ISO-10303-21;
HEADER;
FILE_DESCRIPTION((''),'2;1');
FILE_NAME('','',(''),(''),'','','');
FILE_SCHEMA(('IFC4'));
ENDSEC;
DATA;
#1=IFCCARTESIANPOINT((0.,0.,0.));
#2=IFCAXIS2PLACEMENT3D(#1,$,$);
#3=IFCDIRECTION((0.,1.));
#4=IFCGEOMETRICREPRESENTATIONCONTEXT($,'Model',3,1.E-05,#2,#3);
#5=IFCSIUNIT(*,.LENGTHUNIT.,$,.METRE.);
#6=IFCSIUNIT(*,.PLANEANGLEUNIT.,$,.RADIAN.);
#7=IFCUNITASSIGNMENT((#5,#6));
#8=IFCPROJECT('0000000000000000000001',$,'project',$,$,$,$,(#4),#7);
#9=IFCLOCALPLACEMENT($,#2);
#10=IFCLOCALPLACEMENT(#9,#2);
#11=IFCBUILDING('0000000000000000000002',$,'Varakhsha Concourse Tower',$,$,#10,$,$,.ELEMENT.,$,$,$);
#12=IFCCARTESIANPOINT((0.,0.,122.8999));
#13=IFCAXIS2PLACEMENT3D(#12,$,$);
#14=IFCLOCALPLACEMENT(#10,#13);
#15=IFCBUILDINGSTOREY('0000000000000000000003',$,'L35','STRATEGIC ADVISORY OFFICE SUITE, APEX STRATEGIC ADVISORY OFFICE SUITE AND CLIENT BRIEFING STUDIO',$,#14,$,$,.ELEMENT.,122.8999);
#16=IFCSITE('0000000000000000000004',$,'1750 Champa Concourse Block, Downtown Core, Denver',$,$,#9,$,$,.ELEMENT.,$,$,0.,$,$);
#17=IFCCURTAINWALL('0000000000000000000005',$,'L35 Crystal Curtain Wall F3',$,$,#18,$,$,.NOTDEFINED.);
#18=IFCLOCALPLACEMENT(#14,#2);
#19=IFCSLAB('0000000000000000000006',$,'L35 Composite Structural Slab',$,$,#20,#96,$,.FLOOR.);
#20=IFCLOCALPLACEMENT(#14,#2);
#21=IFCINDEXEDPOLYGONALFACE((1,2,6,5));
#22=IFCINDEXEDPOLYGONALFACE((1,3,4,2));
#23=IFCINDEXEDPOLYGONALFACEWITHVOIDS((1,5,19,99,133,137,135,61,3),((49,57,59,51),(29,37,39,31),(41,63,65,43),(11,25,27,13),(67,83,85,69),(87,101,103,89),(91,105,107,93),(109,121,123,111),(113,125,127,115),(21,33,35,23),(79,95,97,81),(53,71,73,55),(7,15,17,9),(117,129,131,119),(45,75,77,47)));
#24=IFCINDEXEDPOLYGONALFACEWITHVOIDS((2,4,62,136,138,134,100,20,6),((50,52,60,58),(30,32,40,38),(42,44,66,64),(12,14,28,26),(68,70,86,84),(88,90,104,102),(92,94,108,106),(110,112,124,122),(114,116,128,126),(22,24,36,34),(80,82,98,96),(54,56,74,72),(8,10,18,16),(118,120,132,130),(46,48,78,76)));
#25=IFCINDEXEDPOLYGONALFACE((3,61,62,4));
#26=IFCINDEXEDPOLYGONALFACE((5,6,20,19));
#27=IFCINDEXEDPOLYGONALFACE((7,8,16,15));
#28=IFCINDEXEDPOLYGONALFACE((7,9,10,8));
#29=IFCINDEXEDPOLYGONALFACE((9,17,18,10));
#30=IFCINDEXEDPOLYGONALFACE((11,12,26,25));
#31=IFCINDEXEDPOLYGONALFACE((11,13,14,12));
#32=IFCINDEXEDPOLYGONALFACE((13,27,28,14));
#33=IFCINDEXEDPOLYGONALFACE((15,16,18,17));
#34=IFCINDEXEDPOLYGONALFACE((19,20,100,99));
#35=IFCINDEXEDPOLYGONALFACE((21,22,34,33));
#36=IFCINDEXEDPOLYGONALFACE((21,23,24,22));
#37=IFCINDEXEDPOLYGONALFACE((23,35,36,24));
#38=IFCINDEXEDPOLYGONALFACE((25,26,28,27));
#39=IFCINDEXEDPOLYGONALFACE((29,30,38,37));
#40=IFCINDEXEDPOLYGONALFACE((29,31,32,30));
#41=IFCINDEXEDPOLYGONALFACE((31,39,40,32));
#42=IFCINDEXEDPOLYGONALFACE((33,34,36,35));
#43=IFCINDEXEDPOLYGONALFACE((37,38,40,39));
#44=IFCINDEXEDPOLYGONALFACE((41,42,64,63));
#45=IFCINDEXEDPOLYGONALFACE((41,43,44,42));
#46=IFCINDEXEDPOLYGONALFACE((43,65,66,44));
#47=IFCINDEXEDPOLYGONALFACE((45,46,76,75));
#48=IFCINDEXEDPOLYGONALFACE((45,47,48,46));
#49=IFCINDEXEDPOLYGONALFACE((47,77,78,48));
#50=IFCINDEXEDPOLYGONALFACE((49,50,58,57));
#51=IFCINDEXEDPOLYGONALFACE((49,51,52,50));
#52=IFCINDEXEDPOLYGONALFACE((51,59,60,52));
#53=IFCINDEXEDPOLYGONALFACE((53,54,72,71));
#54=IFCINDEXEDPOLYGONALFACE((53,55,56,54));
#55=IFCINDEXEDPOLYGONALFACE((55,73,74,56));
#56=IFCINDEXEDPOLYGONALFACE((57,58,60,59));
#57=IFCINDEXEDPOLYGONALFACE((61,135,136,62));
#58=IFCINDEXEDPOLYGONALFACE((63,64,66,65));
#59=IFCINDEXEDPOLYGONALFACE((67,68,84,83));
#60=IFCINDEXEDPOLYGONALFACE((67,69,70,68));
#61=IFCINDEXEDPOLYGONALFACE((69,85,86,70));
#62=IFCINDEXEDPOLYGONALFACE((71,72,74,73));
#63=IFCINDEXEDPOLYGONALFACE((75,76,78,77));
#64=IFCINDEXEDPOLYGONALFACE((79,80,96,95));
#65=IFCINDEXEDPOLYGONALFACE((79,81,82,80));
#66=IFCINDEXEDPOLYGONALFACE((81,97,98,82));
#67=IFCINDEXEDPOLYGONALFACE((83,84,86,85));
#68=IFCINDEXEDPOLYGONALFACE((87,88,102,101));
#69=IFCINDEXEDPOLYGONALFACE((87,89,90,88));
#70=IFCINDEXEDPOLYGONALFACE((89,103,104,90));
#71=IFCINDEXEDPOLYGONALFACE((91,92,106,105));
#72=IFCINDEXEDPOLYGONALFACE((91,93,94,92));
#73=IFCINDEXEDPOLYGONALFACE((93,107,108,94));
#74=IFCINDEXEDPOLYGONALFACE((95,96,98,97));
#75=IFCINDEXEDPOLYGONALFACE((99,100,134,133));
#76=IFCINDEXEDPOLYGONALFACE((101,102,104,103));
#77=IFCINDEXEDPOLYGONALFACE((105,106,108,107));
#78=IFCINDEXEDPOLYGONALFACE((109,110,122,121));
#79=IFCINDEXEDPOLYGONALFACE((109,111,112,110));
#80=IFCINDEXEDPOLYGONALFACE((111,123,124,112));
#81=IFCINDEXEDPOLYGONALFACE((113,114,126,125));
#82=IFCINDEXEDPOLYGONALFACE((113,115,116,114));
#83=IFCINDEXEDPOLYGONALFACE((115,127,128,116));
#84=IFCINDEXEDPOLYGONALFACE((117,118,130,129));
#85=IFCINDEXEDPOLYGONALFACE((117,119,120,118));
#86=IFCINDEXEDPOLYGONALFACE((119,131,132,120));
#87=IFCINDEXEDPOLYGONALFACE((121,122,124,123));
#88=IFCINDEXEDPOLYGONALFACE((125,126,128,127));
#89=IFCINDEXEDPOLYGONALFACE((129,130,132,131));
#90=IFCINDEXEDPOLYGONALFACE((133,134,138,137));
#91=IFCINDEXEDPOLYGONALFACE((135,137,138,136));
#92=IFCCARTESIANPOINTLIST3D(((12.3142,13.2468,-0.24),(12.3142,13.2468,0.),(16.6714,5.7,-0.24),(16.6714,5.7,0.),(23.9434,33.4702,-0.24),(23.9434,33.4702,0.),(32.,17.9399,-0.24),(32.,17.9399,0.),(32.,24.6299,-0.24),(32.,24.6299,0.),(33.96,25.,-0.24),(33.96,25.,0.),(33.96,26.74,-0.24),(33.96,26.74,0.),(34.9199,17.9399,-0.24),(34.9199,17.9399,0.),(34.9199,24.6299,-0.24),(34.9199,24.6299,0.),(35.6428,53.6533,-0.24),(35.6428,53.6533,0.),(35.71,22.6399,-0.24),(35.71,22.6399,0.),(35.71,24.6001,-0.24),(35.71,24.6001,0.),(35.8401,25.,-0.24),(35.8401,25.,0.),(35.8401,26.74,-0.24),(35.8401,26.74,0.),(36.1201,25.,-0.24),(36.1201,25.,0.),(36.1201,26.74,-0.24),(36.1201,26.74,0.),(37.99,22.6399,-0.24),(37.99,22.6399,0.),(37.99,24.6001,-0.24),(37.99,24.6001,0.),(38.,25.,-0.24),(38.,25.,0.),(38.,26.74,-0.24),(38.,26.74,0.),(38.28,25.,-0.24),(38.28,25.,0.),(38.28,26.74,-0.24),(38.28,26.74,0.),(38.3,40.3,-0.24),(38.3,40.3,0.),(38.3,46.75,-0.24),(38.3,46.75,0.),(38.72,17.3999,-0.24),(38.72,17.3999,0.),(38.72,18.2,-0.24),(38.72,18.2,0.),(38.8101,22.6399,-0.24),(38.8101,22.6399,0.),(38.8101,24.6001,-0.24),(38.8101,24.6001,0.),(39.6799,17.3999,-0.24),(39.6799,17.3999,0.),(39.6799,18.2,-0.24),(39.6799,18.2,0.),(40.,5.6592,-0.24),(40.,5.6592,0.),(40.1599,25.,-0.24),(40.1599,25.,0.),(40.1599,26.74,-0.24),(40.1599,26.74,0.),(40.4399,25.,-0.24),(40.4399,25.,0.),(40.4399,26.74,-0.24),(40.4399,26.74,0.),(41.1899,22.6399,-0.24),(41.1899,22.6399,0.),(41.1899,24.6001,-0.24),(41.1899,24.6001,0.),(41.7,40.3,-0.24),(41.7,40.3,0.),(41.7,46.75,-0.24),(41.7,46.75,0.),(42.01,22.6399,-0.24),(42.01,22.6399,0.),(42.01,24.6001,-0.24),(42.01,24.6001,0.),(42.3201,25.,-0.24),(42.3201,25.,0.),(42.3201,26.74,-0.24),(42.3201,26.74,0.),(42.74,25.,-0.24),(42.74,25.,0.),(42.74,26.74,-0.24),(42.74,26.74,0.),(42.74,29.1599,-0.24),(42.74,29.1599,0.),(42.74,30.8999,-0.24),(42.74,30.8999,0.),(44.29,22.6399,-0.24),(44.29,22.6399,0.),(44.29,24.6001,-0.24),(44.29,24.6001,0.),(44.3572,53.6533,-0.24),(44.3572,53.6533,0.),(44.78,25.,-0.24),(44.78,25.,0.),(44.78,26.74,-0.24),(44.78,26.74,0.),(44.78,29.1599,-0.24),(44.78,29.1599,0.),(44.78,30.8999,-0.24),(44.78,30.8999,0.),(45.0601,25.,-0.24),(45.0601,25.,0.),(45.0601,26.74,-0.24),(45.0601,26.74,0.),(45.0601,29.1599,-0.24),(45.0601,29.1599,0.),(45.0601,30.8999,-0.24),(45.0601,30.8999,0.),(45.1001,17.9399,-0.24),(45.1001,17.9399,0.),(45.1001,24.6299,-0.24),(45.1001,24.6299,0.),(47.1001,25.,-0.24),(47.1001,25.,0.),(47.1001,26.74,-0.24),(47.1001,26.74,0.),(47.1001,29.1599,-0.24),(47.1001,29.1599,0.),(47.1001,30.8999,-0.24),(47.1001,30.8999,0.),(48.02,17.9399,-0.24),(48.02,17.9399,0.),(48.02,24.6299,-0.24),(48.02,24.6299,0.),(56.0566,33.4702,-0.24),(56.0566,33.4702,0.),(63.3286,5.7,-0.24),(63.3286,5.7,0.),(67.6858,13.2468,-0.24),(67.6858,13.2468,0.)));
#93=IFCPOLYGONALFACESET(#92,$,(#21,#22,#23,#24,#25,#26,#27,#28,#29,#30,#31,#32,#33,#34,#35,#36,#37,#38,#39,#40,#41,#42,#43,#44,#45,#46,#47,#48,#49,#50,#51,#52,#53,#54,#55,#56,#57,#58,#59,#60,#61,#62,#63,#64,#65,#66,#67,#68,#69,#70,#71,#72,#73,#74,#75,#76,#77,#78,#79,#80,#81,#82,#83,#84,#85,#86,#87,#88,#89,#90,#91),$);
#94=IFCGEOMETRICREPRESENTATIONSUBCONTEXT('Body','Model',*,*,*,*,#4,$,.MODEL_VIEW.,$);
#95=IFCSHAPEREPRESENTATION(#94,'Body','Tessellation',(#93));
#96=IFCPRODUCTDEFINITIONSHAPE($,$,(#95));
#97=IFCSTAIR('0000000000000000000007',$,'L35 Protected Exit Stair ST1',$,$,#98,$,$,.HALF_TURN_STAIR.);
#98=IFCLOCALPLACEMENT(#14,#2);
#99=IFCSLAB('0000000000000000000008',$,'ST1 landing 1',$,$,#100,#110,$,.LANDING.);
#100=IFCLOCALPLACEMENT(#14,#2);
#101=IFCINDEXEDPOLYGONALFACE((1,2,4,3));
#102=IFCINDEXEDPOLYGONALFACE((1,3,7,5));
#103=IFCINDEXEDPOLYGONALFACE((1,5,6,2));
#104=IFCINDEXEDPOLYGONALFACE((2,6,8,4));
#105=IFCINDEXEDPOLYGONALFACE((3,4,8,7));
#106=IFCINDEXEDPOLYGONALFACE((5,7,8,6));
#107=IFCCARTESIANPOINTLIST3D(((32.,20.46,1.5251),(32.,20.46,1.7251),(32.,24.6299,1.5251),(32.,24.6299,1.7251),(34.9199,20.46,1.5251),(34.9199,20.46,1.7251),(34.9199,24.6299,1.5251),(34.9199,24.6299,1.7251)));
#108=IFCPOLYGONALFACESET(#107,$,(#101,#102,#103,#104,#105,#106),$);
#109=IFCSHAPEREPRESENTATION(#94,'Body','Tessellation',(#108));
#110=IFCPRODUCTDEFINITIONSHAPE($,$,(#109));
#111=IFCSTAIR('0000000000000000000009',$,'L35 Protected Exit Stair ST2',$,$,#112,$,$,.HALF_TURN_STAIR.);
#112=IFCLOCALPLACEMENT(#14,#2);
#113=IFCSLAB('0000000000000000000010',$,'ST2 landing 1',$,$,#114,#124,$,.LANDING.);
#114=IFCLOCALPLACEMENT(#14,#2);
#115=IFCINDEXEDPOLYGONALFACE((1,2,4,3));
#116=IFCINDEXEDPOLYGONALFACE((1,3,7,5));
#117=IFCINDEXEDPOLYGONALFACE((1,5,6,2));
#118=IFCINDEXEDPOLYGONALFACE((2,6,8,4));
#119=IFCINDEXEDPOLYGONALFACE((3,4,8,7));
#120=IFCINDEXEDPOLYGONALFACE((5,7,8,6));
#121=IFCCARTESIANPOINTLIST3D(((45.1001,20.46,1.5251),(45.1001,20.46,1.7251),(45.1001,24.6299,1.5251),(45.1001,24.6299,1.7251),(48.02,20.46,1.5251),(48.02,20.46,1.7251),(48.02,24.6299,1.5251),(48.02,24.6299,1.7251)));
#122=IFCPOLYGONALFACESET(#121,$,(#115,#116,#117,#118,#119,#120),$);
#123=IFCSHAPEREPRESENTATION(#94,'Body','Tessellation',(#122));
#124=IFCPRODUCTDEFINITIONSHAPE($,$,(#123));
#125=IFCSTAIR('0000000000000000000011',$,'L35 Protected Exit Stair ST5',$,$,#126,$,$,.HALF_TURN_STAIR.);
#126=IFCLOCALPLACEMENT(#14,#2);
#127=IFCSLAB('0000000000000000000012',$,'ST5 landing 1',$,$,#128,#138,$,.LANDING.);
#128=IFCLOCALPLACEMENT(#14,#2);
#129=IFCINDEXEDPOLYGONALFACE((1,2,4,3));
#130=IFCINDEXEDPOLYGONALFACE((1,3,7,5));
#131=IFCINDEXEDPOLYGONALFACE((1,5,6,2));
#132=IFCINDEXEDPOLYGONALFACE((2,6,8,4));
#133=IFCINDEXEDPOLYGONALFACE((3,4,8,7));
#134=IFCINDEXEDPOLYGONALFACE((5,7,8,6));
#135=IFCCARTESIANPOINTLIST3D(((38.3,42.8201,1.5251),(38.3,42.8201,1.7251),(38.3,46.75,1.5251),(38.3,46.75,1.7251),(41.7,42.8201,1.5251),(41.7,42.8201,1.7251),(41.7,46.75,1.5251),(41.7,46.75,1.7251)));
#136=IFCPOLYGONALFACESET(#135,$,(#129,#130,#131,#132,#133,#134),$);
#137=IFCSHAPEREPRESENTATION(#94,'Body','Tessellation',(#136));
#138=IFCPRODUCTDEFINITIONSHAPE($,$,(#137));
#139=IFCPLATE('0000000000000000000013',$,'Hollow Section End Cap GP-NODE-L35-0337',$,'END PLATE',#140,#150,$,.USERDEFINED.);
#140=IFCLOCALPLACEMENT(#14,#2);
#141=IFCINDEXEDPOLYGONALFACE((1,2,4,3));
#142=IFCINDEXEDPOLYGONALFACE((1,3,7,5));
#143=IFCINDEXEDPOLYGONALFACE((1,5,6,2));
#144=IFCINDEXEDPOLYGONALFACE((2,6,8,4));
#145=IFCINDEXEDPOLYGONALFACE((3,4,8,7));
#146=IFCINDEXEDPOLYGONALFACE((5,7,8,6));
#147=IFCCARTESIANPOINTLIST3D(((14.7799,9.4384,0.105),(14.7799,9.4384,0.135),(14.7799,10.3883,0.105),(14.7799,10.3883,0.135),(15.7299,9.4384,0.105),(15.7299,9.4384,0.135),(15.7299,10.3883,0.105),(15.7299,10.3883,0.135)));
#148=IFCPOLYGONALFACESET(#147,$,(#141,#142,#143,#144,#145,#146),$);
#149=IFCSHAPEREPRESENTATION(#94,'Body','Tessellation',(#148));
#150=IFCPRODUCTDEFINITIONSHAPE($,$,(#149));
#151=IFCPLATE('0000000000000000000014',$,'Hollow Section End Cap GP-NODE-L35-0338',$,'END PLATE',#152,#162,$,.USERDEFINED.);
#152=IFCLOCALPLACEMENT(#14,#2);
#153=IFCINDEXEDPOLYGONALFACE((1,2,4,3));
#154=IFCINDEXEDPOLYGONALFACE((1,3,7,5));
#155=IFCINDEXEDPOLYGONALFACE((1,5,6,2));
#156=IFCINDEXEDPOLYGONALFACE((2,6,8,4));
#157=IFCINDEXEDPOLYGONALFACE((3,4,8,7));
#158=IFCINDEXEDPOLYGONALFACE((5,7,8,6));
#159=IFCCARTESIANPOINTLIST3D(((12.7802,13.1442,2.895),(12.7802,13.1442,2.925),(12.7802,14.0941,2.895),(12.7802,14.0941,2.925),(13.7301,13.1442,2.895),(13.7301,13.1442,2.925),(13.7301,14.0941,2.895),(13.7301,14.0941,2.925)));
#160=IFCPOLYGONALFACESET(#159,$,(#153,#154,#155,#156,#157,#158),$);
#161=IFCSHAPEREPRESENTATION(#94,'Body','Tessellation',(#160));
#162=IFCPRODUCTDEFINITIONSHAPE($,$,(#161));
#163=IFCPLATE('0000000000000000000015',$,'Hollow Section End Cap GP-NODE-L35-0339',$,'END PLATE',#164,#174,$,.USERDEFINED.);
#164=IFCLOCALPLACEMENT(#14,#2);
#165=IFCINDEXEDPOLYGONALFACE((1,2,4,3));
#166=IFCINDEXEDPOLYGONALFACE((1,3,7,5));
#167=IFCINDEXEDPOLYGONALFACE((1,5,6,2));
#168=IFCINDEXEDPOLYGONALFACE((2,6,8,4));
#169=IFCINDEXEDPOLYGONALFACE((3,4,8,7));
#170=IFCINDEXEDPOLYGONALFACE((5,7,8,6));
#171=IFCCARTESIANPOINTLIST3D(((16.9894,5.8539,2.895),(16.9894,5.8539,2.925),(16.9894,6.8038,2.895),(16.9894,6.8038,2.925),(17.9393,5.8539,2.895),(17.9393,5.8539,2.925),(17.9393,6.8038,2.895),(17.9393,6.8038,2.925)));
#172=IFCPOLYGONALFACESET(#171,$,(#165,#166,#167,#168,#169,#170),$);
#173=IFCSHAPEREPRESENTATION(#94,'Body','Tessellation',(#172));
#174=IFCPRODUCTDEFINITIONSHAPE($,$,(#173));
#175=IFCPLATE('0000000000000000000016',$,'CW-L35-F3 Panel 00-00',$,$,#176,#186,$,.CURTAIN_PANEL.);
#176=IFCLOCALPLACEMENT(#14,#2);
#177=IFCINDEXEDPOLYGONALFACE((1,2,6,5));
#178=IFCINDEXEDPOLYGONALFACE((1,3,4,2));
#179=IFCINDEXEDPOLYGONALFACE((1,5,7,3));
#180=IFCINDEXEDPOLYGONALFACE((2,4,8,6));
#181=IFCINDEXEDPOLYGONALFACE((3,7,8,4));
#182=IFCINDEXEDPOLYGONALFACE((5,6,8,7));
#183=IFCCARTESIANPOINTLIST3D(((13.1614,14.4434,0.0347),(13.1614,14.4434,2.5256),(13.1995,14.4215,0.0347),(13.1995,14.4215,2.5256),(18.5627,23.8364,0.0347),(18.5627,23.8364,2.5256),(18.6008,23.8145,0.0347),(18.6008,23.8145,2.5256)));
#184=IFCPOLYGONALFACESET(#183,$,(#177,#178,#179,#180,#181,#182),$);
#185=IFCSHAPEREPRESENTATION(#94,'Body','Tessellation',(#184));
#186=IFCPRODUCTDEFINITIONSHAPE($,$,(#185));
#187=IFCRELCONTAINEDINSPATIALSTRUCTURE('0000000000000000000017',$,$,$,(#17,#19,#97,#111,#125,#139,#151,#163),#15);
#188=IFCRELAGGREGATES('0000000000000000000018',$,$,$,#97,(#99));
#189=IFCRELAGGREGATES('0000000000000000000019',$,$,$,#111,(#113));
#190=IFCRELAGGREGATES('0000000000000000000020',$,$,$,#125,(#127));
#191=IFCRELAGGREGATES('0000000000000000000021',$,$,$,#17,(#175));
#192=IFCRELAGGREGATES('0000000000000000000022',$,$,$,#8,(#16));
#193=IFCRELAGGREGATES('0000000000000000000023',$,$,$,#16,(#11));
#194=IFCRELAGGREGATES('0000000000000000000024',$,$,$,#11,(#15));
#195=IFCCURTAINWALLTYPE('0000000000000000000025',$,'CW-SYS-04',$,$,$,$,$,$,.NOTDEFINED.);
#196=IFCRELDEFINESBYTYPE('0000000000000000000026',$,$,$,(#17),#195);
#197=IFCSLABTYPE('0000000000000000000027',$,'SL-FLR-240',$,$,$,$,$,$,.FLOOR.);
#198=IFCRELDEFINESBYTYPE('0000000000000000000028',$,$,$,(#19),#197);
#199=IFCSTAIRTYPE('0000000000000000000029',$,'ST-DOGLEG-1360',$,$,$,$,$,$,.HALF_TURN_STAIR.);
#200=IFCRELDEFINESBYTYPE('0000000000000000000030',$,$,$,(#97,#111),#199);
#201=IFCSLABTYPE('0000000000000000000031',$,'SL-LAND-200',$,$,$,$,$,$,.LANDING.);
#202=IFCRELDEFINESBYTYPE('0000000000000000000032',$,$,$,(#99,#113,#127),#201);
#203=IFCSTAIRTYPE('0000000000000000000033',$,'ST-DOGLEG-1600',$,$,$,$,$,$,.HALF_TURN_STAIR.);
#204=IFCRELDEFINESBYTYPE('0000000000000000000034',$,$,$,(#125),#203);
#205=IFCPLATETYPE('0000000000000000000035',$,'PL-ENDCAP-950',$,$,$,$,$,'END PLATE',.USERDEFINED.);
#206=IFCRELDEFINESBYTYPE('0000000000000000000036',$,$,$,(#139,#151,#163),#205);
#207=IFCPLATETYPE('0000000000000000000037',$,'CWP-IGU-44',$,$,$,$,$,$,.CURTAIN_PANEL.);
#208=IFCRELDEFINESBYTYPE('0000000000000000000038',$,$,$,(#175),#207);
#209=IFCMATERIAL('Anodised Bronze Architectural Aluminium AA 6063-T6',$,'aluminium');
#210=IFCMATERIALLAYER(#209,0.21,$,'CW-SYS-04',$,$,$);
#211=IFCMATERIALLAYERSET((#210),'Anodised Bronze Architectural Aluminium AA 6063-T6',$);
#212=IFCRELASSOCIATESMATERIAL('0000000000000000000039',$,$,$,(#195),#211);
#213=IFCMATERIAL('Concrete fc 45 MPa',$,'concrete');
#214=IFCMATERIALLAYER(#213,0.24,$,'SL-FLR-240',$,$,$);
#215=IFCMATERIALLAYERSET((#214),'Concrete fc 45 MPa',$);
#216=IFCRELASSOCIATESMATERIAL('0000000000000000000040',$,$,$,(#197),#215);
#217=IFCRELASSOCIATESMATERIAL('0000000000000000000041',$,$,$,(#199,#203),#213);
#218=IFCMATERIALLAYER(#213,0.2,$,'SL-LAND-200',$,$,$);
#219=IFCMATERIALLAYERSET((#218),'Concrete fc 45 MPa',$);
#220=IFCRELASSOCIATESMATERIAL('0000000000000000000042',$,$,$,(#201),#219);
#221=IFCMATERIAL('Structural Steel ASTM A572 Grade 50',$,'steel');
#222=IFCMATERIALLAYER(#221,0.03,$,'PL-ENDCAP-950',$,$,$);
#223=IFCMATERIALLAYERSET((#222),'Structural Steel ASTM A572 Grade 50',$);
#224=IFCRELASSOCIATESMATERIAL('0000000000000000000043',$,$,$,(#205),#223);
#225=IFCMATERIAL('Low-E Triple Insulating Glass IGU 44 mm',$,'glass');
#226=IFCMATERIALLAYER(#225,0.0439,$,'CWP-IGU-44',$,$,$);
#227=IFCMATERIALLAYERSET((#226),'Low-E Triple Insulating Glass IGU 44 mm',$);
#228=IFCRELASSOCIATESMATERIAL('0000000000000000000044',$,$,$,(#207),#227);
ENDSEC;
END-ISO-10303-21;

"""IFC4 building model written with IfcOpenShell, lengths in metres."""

from ifc_helpers import new_model, si_unit, direction, frame, origin, origin_2d, place, context, subcontext, project, spatial, polyline, rectangle, outline, extrude, source, transform, mapped, material, layer, layer_set, type_object, type_shapes, element, aggregate, save


model = new_model("IFC4")

# Units and contexts
model_context = context("Model", 3, precision=1e-05, world=origin(), true_north=direction((0.0, 1.0)))
body_context = subcontext(model_context, "Body", "Model", "MODEL_VIEW")
ifc_project = project(units=[si_unit("LENGTHUNIT", "METRE"), si_unit("PLANEANGLEUNIT", "RADIAN")], contexts=[model_context])

# Site, building, storey
site_placement = place(None, origin())
site = spatial("IfcSite", under=ifc_project, at=site_placement, Name="1750 Champa Concourse Block, Downtown Core, Denver", CompositionType="ELEMENT", RefElevation=0.0)
building_placement = place(site_placement, origin())
building = spatial("IfcBuilding", under=site, at=building_placement, Name="Varakhsha Concourse Tower", CompositionType="ELEMENT")
storey_placement = place(building_placement, frame((0.0, 0.0, 122.8999)))
storey = spatial("IfcBuildingStorey", under=building, at=storey_placement, Name="L35", Description="STRATEGIC ADVISORY OFFICE SUITE, APEX STRATEGIC ADVISORY OFFICE SUITE AND CLIENT BRIEFING STUDIO", CompositionType="ELEMENT", Elevation=122.8999)

# Shared definitions
ifc_material_1 = material(Name="Structural Steel ASTM A572 Grade 50", Category="steel")

# Curtain wall
ifc_material_2 = material(Name="Anodised Bronze Architectural Aluminium AA 6063-T6", Category="aluminium")
ifc_layer_1 = layer(ifc_material_2, 0.21, Name="CW-SYS-04")
ifc_layer_set_1 = layer_set([ifc_layer_1], Name="Anodised Bronze Architectural Aluminium AA 6063-T6")
curtain_wall_type = type_object("IfcCurtainWallType", Name="CW-SYS-04", PredefinedType="NOTDEFINED", material=ifc_layer_set_1)
curtain_wall_1_placement = place(storey_placement, origin())
curtain_wall_1 = element("IfcCurtainWall", 1, at=curtain_wall_1_placement, inside=storey, type_object=curtain_wall_type, Name="L35 Crystal Curtain Wall F3", PredefinedType="NOTDEFINED")

# Slab
ifc_material_3 = material(Name="Concrete fc 45 MPa", Category="concrete")
ifc_layer_2 = layer(ifc_material_3, 0.24, Name="SL-FLR-240")
ifc_layer_set_2 = layer_set([ifc_layer_2], Name="Concrete fc 45 MPa")
slab_type_1 = type_object("IfcSlabType", Name="SL-FLR-240", PredefinedType="FLOOR", material=ifc_layer_set_2)
slab_1_placement = place(storey_placement, frame((0.0, 0.0, -0.24)))
element("IfcSlab", 2, at=slab_1_placement, inside=storey, type_object=slab_type_1, Name="L35 Composite Structural Slab", PredefinedType="FLOOR", context=body_context, shape_type="SweptSolid", body=[
    extrude(outline(polyline([(44.3572, 53.6533), (35.6428, 53.6533), (23.9434, 33.4702), (12.3142, 13.2468), (16.6714, 5.7), (40.0, 5.6592), (63.3286, 5.7), (67.6858, 13.2468), (56.0566, 33.4702), (44.3572, 53.6533)]), holes=[polyline([(34.9199, 17.9399), (34.9199, 24.6299), (32.0, 24.6299), (32.0, 17.9399), (34.9199, 17.9399)]), polyline([(48.02, 17.9399), (48.02, 24.6299), (45.1001, 24.6299), (45.1001, 17.9399), (48.02, 17.9399)]), polyline([(41.7, 40.3), (41.7, 46.75), (38.3, 46.75), (38.3, 40.3), (41.7, 40.3)]), polyline([(33.96, 25.0), (35.8401, 25.0), (35.8401, 26.74), (33.96, 26.74), (33.96, 25.0)]), polyline([(36.1201, 25.0), (38.0, 25.0), (38.0, 26.74), (36.1201, 26.74), (36.1201, 25.0)]), polyline([(38.28, 25.0), (40.1599, 25.0), (40.1599, 26.74), (38.28, 26.74), (38.28, 25.0)]), polyline([(40.4399, 25.0), (42.3201, 25.0), (42.3201, 26.74), (40.4399, 26.74), (40.4399, 25.0)]), polyline([(42.74, 29.1599), (44.78, 29.1599), (44.78, 30.8999), (42.74, 30.8999), (42.74, 29.1599)]), polyline([(45.0601, 29.1599), (47.1001, 29.1599), (47.1001, 30.8999), (45.0601, 30.8999), (45.0601, 29.1599)]), polyline([(42.74, 25.0), (44.78, 25.0), (44.78, 26.74), (42.74, 26.74), (42.74, 25.0)]), polyline([(45.0601, 25.0), (47.1001, 25.0), (47.1001, 26.74), (45.0601, 26.74), (45.0601, 25.0)]), polyline([(35.71, 22.6399), (37.99, 22.6399), (37.99, 24.6001), (35.71, 24.6001), (35.71, 22.6399)]), polyline([(42.01, 22.6399), (44.29, 22.6399), (44.29, 24.6001), (42.01, 24.6001), (42.01, 22.6399)]), polyline([(38.8101, 22.6399), (41.1899, 22.6399), (41.1899, 24.6001), (38.8101, 24.6001), (38.8101, 22.6399)]), polyline([(38.72, 17.3999), (39.6799, 17.3999), (39.6799, 18.2), (38.72, 18.2), (38.72, 17.3999)])]), origin(), (0.0, 0.0, 1.0), 0.24),
])

# Stairs, slabs
stair_type_1 = type_object("IfcStairType", Name="ST-DOGLEG-1360", PredefinedType="HALF_TURN_STAIR", material=ifc_material_3)
stair_1_placement = place(storey_placement, origin())
stair_1 = element("IfcStair", 3, at=stair_1_placement, inside=storey, type_object=stair_type_1, Name="L35 Protected Exit Stair ST1", PredefinedType="HALF_TURN_STAIR")
ifc_layer_3 = layer(ifc_material_3, 0.2, Name="SL-LAND-200")
ifc_layer_set_3 = layer_set([ifc_layer_3], Name="Concrete fc 45 MPa")
slab_type_2 = type_object("IfcSlabType", Name="SL-LAND-200", PredefinedType="LANDING", material=ifc_layer_set_3)
slab_2_placement = place(storey_placement, frame((0.0, 0.0, 1.5251)))
slab_2 = element("IfcSlab", 4, at=slab_2_placement, type_object=slab_type_2, Name="ST1 landing 1", PredefinedType="LANDING", context=body_context, shape_type="SweptSolid", body=[
    extrude(outline(polyline([(34.9199, 20.46), (34.9199, 24.6299), (32.0, 24.6299), (32.0, 20.46), (34.9199, 20.46)])), origin(), (0.0, 0.0, 1.0), 0.2),
])
aggregate(stair_1, [slab_2])
stair_2_placement = place(storey_placement, origin())
stair_2 = element("IfcStair", 5, at=stair_2_placement, inside=storey, type_object=stair_type_1, Name="L35 Protected Exit Stair ST2", PredefinedType="HALF_TURN_STAIR")
slab_3_placement = place(storey_placement, frame((0.0, 0.0, 1.5251)))
slab_3 = element("IfcSlab", 6, at=slab_3_placement, type_object=slab_type_2, Name="ST2 landing 1", PredefinedType="LANDING", context=body_context, shape_type="SweptSolid", body=[
    extrude(outline(polyline([(48.02, 20.46), (48.02, 24.6299), (45.1001, 24.6299), (45.1001, 20.46), (48.02, 20.46)])), origin(), (0.0, 0.0, 1.0), 0.2),
])
aggregate(stair_2, [slab_3])
stair_type_2 = type_object("IfcStairType", Name="ST-DOGLEG-1600", PredefinedType="HALF_TURN_STAIR", material=ifc_material_3)
stair_3_placement = place(storey_placement, origin())
stair_3 = element("IfcStair", 7, at=stair_3_placement, inside=storey, type_object=stair_type_2, Name="L35 Protected Exit Stair ST5", PredefinedType="HALF_TURN_STAIR")
slab_4_placement = place(storey_placement, frame((0.0, 0.0, 1.5251)))
slab_4 = element("IfcSlab", 8, at=slab_4_placement, type_object=slab_type_2, Name="ST5 landing 1", PredefinedType="LANDING", context=body_context, shape_type="SweptSolid", body=[
    extrude(outline(polyline([(41.7, 42.8201), (41.7, 46.75), (38.3, 46.75), (38.3, 42.8201), (41.7, 42.8201)])), origin(), (0.0, 0.0, 1.0), 0.2),
])
aggregate(stair_3, [slab_4])

# Plates
ifc_layer_4 = layer(ifc_material_1, 0.03, Name="PL-ENDCAP-950")
ifc_layer_set_4 = layer_set([ifc_layer_4], Name="Structural Steel ASTM A572 Grade 50")
plate_type_1 = type_object("IfcPlateType", Name="PL-ENDCAP-950", ElementType="END PLATE", PredefinedType="USERDEFINED", material=ifc_layer_set_4)
shared_shape_1 = source(origin(), body_context, "Body", "SweptSolid", [
    extrude(rectangle(XDim=0.95, YDim=0.95, at=origin_2d()), origin(), (0.0, 0.0, 1.0), 0.03),
])
type_shapes(plate_type_1, [shared_shape_1])
for number, where, z_axis, x_axis, name in (
    (9, (15.2549, 9.9133, 0.105), (0.0, 0.0, 1.0), (1.0, 0.0, 0.0), "Hollow Section End Cap GP-NODE-L35-0337"),
    (10, (13.2551, 13.6191, 2.895), (0.0, 0.0, 1.0), (1.0, 0.0, 0.0), "Hollow Section End Cap GP-NODE-L35-0338"),
    (11, (17.4644, 6.3289, 2.895), (0.0, 0.0, 1.0), (1.0, 0.0, 0.0), "Hollow Section End Cap GP-NODE-L35-0339"),
):
    element("IfcPlate", number, at=place(storey_placement, frame(where, z_axis=z_axis, x_axis=x_axis)), inside=storey, type_object=plate_type_1, Name=name, ObjectType="END PLATE", PredefinedType="USERDEFINED", context=body_context, shape_type="MappedRepresentation", body=[
        mapped(shared_shape_1, transform((0.0, 0.0, 0.0), scale=1.0)),
    ])

# Plate
ifc_material_4 = material(Name="Low-E Triple Insulating Glass IGU 44 mm", Category="glass")
ifc_layer_5 = layer(ifc_material_4, 0.0439, Name="CWP-IGU-44")
ifc_layer_set_5 = layer_set([ifc_layer_5], Name="Low-E Triple Insulating Glass IGU 44 mm")
plate_type_2 = type_object("IfcPlateType", Name="CWP-IGU-44", PredefinedType="CURTAIN_PANEL", material=ifc_layer_set_5)
shared_shape_2 = source(origin(), body_context, "Body", "SweptSolid", [
    extrude(rectangle(XDim=10.8352, YDim=0.0439, at=origin_2d()), origin(), (0.0, 0.0, 1.0), 2.491),
])
type_shapes(plate_type_2, [shared_shape_2])
plate_1_placement = place(storey_placement, frame((15.8811, 19.1289, 0.0347), z_axis=(0.0, 0.0, 1.0), x_axis=(0.498489, 0.866896, 0.0)))
plate_1 = element("IfcPlate", 12, at=plate_1_placement, type_object=plate_type_2, Name="CW-L35-F3 Panel 00-00", PredefinedType="CURTAIN_PANEL", context=body_context, shape_type="MappedRepresentation", body=[
    mapped(shared_shape_2, transform((0.0, 0.0, 0.0), scale=1.0)),
])
aggregate(curtain_wall_1, [plate_1])

save(model, "model.ifc")
